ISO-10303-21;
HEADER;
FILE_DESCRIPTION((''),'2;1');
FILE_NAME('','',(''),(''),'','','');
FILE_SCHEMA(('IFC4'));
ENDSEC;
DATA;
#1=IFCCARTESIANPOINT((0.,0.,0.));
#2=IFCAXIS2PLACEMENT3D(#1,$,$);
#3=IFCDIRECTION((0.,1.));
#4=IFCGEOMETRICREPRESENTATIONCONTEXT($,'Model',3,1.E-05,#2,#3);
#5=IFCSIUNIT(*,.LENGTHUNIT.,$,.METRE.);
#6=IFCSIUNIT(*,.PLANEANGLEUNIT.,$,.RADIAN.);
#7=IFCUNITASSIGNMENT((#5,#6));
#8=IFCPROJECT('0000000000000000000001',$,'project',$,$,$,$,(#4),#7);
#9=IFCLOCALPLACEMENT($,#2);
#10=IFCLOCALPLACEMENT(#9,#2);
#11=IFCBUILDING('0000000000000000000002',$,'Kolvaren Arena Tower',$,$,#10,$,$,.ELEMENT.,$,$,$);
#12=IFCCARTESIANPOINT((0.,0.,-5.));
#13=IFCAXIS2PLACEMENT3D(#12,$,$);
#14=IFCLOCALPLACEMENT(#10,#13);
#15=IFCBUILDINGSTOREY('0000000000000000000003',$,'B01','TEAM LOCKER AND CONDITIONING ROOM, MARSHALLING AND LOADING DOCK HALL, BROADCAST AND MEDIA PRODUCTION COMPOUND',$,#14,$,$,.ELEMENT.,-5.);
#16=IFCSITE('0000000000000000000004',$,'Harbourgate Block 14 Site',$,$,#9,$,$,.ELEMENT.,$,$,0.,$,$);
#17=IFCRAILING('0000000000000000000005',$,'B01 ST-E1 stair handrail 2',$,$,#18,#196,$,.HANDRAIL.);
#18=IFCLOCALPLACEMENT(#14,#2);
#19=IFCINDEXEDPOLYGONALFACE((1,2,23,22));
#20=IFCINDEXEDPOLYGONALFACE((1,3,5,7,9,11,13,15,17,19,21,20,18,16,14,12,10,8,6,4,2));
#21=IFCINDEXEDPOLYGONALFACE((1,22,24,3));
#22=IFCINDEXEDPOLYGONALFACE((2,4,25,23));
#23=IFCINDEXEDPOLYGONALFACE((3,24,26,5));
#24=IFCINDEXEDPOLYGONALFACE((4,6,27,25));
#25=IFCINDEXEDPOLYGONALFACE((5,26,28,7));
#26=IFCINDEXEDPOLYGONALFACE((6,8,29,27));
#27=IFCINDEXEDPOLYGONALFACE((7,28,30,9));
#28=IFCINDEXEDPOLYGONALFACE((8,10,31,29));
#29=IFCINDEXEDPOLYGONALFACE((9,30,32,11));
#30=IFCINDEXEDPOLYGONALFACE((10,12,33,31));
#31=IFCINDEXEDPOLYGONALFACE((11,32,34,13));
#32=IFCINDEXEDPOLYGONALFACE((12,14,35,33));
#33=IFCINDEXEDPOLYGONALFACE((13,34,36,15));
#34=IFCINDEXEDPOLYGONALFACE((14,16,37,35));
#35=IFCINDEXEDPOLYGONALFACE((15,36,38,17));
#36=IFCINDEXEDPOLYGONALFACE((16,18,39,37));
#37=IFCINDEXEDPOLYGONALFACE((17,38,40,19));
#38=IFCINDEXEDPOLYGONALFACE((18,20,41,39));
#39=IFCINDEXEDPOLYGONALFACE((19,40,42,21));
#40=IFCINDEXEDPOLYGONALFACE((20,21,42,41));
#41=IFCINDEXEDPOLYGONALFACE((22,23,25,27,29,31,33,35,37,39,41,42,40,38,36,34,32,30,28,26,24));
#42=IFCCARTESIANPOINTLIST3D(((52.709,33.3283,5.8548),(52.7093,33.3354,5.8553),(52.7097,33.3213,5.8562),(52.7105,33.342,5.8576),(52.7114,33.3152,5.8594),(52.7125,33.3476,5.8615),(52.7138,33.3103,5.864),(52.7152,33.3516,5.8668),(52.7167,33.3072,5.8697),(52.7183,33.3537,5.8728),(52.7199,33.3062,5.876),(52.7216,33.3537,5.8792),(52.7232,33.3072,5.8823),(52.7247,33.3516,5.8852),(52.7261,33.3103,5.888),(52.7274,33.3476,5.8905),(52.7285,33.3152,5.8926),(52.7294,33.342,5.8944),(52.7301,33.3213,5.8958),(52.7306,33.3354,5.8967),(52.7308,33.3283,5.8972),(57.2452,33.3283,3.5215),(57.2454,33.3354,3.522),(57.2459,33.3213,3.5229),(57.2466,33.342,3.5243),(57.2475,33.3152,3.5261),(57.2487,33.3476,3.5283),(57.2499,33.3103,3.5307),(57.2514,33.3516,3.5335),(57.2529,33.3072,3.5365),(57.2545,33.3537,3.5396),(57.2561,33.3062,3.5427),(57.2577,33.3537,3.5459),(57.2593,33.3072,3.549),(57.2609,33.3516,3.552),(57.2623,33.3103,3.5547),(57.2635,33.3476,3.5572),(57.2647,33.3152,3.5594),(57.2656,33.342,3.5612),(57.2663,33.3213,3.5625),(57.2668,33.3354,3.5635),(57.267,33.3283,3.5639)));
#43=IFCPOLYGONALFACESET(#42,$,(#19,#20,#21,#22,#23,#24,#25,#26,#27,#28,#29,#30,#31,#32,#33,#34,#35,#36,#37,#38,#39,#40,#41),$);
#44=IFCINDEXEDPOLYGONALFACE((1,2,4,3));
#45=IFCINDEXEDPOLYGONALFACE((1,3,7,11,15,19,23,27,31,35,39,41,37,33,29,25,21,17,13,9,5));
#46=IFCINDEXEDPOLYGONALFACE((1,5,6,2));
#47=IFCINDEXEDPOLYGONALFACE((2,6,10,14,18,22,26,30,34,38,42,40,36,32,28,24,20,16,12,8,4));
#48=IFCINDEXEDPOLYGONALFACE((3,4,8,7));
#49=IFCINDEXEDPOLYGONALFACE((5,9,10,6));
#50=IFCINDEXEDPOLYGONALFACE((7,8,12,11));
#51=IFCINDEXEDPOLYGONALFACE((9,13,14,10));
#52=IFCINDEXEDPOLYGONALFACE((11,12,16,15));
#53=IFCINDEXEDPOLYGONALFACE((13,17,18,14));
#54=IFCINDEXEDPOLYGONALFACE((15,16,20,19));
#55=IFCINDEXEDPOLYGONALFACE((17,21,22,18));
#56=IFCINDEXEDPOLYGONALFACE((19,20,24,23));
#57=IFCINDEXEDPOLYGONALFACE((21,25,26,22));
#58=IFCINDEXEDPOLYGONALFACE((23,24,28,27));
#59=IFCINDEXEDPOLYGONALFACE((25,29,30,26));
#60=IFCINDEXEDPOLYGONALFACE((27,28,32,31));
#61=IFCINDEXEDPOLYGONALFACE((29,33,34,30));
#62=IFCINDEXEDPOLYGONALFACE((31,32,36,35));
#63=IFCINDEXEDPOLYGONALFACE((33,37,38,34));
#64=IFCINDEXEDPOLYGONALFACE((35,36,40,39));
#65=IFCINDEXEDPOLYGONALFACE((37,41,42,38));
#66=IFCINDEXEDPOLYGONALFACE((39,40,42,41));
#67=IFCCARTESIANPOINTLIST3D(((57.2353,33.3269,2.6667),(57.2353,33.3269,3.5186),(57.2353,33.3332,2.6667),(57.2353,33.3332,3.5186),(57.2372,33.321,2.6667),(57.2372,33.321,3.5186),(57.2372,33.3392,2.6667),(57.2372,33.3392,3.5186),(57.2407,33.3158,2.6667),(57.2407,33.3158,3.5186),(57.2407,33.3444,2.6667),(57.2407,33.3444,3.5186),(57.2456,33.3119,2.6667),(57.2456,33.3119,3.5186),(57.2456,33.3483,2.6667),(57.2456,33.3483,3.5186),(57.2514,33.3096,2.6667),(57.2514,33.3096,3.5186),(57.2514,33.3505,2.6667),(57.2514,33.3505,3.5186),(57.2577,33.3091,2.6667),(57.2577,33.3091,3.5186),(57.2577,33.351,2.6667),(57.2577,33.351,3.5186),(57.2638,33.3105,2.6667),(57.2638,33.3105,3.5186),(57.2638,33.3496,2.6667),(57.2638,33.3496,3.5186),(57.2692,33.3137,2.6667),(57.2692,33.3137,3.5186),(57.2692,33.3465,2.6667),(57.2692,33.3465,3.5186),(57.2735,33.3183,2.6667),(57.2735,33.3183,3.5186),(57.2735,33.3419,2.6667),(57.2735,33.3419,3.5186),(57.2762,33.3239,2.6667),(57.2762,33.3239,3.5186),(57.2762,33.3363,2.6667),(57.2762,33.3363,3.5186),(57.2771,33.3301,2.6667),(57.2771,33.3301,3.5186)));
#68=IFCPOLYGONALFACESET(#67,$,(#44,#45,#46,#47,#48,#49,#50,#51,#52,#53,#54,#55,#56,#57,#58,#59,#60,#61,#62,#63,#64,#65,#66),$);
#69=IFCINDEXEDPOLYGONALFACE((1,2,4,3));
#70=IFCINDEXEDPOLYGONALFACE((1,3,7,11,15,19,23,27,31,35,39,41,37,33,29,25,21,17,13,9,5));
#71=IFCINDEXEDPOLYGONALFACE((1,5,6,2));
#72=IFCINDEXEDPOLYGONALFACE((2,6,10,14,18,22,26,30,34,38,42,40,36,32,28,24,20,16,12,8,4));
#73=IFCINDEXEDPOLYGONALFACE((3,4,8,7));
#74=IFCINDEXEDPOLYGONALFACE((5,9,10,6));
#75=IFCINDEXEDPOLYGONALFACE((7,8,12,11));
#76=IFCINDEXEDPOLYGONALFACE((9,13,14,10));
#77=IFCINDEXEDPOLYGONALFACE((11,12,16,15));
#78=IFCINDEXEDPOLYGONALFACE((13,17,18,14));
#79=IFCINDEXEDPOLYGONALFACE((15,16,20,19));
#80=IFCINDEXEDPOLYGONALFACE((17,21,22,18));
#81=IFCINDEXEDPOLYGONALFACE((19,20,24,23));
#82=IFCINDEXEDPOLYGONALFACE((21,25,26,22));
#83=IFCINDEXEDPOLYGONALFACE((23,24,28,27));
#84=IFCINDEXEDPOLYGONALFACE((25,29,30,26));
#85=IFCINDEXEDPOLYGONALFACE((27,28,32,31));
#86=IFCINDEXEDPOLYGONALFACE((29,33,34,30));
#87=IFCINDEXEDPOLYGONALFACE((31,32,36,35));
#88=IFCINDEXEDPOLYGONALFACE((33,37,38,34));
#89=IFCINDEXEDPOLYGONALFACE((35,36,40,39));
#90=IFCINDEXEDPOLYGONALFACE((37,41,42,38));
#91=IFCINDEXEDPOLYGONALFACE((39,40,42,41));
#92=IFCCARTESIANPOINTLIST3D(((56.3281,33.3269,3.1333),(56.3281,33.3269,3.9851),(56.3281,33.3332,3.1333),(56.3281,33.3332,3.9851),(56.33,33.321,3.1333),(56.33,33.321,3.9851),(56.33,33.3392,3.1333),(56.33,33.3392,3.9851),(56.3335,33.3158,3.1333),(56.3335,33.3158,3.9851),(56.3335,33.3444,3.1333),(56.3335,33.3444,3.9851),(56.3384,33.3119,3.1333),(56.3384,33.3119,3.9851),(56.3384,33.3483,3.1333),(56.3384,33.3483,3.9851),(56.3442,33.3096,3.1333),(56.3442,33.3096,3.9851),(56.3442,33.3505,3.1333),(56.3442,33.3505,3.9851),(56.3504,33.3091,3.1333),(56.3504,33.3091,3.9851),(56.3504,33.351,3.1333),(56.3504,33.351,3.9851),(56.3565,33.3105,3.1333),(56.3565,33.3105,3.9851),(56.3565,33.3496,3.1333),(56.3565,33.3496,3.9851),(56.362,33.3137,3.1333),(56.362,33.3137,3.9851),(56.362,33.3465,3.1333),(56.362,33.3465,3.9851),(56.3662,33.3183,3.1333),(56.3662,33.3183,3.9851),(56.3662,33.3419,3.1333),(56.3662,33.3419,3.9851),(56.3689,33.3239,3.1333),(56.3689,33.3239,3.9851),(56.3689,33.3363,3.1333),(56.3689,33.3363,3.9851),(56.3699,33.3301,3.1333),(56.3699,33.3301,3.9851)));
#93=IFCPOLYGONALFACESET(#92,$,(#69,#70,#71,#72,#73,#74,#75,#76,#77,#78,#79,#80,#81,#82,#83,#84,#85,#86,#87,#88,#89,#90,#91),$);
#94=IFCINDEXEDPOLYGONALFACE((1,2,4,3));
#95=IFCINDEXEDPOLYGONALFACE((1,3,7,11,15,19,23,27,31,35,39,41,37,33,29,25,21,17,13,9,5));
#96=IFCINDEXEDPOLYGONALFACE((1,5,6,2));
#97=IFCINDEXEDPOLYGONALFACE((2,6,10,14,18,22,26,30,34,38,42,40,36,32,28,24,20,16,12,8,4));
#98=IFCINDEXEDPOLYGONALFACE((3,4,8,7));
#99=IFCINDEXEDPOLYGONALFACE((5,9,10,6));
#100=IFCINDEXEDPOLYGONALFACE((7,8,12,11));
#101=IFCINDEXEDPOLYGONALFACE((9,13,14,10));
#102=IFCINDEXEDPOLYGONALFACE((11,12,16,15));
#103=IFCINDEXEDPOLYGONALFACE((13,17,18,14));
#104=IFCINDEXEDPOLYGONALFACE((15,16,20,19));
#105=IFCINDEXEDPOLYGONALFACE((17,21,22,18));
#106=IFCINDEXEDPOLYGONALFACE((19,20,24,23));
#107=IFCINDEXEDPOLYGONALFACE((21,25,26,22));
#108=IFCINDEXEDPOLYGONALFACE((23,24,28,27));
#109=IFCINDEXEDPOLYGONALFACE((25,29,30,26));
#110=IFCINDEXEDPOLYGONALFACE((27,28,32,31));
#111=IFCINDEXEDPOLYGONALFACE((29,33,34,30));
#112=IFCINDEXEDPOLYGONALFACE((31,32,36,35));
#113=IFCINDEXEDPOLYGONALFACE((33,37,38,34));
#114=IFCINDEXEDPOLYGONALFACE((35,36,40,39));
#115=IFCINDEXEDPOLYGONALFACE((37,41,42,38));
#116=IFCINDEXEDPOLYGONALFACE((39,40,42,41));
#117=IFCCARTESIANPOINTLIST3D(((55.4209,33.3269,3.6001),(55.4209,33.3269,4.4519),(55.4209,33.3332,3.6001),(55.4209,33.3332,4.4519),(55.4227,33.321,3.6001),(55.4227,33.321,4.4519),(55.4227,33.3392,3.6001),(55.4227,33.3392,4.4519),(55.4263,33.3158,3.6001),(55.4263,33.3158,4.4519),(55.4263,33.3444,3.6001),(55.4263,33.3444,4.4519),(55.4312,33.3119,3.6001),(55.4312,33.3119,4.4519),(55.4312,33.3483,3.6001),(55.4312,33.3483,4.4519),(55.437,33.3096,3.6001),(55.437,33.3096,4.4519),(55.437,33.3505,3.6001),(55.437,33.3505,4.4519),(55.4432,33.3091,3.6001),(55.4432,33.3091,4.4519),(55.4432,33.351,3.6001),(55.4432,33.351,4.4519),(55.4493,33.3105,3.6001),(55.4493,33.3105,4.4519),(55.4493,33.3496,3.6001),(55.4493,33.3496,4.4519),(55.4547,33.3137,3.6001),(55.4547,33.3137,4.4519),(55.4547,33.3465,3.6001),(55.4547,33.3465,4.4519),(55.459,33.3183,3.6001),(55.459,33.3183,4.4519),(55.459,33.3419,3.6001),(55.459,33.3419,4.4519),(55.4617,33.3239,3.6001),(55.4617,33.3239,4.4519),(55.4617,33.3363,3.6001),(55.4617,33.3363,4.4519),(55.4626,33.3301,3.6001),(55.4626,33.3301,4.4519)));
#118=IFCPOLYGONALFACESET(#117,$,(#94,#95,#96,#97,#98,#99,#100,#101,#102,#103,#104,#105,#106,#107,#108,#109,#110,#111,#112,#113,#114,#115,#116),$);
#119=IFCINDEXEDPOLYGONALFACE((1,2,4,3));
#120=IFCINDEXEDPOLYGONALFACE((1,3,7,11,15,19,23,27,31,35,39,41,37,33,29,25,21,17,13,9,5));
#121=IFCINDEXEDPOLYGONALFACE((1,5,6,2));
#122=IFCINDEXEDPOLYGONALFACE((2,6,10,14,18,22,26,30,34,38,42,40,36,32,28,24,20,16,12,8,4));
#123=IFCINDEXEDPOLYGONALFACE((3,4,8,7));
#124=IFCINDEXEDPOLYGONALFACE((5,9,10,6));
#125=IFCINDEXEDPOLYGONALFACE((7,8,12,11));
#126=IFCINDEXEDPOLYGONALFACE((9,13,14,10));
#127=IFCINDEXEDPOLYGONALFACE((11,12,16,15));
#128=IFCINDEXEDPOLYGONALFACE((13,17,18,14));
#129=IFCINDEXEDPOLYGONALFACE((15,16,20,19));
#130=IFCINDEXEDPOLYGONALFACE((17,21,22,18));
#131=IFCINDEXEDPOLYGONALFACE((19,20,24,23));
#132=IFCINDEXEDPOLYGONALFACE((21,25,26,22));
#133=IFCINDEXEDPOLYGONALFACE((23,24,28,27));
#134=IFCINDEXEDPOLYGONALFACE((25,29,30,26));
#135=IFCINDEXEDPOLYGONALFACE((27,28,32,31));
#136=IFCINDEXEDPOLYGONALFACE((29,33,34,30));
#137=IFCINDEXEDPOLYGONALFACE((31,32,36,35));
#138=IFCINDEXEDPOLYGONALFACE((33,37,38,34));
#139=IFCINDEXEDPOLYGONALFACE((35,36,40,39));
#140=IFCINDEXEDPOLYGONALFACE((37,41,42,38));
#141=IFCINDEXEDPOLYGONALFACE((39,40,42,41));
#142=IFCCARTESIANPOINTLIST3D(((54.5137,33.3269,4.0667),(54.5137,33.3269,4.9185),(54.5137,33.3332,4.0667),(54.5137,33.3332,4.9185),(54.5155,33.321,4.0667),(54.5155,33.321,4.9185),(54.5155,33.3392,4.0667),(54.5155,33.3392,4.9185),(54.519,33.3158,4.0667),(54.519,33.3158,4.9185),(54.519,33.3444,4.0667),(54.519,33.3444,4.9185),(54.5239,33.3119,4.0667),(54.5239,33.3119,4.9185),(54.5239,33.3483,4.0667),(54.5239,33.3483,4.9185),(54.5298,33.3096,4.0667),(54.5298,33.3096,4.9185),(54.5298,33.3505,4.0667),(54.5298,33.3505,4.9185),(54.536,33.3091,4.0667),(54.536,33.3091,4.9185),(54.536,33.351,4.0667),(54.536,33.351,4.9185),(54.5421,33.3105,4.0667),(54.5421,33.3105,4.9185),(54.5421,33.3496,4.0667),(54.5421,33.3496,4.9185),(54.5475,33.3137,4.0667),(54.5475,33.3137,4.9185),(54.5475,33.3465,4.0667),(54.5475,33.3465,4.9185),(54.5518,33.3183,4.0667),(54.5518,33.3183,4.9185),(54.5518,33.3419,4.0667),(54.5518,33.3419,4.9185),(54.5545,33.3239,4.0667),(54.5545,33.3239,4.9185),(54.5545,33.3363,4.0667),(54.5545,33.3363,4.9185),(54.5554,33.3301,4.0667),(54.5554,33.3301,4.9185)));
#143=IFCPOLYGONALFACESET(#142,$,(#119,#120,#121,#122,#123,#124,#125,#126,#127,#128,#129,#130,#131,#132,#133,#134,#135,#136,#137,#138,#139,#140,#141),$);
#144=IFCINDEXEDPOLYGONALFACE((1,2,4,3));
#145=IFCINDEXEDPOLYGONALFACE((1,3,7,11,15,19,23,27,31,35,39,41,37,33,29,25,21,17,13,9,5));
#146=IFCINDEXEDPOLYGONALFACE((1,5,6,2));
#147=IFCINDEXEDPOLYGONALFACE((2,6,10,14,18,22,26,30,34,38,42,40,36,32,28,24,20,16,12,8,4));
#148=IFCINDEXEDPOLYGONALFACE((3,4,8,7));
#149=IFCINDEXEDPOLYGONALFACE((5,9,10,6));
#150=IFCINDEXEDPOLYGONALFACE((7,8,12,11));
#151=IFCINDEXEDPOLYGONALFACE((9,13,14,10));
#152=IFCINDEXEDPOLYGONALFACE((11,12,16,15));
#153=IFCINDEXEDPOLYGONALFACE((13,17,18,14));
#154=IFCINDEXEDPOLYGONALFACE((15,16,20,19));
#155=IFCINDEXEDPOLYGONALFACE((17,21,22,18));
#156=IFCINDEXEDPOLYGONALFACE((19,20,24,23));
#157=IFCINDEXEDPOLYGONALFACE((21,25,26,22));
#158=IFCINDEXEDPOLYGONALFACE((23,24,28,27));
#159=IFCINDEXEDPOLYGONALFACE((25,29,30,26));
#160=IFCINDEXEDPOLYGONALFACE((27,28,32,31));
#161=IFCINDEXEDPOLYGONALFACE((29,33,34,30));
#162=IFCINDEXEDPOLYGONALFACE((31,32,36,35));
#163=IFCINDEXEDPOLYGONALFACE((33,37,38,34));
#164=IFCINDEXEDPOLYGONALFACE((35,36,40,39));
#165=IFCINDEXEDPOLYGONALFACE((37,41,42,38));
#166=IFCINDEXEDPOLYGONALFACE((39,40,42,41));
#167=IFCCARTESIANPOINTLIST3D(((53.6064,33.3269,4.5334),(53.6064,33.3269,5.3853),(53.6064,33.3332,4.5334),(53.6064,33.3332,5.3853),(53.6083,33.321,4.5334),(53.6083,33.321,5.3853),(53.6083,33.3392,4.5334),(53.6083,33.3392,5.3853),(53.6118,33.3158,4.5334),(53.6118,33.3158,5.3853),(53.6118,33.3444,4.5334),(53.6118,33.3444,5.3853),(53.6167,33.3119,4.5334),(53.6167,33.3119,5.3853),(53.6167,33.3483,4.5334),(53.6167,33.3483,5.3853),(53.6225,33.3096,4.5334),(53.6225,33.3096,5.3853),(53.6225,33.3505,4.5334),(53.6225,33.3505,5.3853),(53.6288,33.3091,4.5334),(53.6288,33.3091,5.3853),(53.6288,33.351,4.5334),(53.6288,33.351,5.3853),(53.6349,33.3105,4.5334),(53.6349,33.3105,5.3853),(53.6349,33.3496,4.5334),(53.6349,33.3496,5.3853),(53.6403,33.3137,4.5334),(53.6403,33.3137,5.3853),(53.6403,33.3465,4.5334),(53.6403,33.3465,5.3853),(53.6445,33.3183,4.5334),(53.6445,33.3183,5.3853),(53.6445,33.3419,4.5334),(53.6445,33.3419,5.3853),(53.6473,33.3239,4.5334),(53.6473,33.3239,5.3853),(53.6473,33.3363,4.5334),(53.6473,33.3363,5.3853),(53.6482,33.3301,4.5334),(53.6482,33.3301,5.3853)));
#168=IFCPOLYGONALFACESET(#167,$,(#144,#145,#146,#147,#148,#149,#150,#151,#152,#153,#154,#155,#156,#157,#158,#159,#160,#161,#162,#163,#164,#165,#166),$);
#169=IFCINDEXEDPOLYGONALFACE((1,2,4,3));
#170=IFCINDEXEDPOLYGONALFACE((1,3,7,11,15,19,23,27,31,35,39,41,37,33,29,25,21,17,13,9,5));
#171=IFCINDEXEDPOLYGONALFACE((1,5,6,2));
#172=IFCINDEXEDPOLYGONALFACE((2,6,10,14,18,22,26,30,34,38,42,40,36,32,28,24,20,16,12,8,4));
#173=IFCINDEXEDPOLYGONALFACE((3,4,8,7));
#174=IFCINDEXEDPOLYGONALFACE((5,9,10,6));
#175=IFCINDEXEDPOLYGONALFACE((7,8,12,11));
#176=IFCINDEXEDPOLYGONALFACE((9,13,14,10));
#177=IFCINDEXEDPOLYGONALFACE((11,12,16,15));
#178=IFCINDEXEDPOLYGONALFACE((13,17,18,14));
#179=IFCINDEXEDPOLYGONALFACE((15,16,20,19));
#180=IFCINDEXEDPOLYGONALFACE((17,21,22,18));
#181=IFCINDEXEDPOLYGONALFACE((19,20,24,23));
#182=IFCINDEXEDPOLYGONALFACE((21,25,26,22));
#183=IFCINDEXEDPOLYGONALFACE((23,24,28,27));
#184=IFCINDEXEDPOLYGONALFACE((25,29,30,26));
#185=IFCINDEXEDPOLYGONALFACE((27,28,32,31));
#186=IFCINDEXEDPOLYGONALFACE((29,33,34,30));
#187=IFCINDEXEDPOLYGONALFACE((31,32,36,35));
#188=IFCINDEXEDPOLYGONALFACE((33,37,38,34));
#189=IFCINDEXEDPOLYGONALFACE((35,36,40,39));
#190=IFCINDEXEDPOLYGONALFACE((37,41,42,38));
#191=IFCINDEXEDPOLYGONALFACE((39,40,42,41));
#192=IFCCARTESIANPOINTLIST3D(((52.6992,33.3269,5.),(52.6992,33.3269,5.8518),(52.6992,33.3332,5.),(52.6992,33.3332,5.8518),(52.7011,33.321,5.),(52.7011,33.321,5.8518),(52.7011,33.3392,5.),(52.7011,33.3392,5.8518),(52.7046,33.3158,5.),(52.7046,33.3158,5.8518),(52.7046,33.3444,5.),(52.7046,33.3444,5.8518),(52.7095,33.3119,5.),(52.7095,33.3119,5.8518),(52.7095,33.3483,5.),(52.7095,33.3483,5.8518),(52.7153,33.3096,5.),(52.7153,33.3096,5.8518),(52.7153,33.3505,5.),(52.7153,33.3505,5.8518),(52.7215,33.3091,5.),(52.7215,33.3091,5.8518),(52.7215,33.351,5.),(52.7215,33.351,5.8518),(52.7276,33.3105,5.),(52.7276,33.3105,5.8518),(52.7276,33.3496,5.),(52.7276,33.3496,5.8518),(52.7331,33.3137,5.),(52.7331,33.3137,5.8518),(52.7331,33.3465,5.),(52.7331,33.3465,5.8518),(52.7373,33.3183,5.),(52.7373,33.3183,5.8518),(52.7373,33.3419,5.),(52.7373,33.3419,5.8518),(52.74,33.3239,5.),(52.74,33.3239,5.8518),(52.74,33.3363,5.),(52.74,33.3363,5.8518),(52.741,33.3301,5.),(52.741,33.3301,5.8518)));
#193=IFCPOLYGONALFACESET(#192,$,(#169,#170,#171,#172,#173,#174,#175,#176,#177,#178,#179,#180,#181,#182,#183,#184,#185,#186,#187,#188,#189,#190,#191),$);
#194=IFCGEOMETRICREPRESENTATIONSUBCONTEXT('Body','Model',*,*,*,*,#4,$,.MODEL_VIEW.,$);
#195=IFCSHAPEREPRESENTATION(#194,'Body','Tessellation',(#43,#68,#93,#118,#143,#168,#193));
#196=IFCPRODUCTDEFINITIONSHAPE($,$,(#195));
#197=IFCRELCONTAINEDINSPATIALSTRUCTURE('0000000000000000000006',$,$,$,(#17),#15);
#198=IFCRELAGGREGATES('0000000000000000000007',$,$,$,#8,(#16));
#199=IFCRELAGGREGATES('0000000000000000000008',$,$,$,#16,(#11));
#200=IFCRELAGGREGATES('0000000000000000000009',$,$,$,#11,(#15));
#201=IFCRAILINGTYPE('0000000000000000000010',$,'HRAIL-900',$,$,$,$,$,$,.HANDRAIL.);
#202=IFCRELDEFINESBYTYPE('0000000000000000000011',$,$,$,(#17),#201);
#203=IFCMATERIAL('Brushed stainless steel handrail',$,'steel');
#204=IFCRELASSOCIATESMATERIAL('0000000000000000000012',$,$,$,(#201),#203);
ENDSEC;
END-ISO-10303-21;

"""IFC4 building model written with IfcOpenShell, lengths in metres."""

from ifc_helpers import new_model, si_unit, direction, frame, origin, origin_2d, place, context, subcontext, project, spatial, circle, extrude, material, type_object, element, save


model = new_model("IFC4")

# Units and contexts
model_context = context("Model", 3, precision=1e-05, world=origin(), true_north=direction((0.0, 1.0)))
body_context = subcontext(model_context, "Body", "Model", "MODEL_VIEW")
ifc_project = project(units=[si_unit("LENGTHUNIT", "METRE"), si_unit("PLANEANGLEUNIT", "RADIAN")], contexts=[model_context])

# Site, building, storey
site_placement = place(None, origin())
site = spatial("IfcSite", under=ifc_project, at=site_placement, Name="Harbourgate Block 14 Site", CompositionType="ELEMENT", RefElevation=0.0)
building_placement = place(site_placement, origin())
building = spatial("IfcBuilding", under=site, at=building_placement, Name="Kolvaren Arena Tower", CompositionType="ELEMENT")
storey_placement = place(building_placement, frame((0.0, 0.0, -5.0)))
storey = spatial("IfcBuildingStorey", under=building, at=storey_placement, Name="B01", Description="TEAM LOCKER AND CONDITIONING ROOM, MARSHALLING AND LOADING DOCK HALL, BROADCAST AND MEDIA PRODUCTION COMPOUND", CompositionType="ELEMENT", Elevation=-5.0)

# Railing
ifc_material_1 = material(Name="Brushed stainless steel handrail", Category="steel")
railing_type_1 = type_object("IfcRailingType", Name="HRAIL-900", PredefinedType="HANDRAIL", material=ifc_material_1)
railing_1_placement = place(storey_placement, frame((57.2561, 33.3301, 2.6667)))
element("IfcRailing", 1, at=railing_1_placement, inside=storey, type_object=railing_type_1, Name="B01 ST-E1 stair handrail 2", PredefinedType="HANDRAIL", context=body_context, shape_type="SweptSolid", body=[
    extrude(circle(Radius=0.0239, at=origin_2d()), frame((0.0, 0.0, 0.876), z_axis=(-0.889257, 0.0, 0.457407), x_axis=(0.0, -1.0, 0.0)), (0.0, 0.0, 1.0), 5.1011),
    extrude(circle(Radius=0.021, at=origin_2d()), origin(), (0.0, 0.0, 1.0), 0.8518),
    extrude(circle(Radius=0.021, at=origin_2d()), frame((-0.9072, 0.0, 0.4666)), (0.0, 0.0, 1.0), 0.8518),
    extrude(circle(Radius=0.021, at=origin_2d()), frame((-1.8145, 0.0, 0.9333)), (0.0, 0.0, 1.0), 0.8518),
    extrude(circle(Radius=0.021, at=origin_2d()), frame((-2.7217, 0.0, 1.3999)), (0.0, 0.0, 1.0), 0.8518),
    extrude(circle(Radius=0.021, at=origin_2d()), frame((-3.6289, 0.0, 1.8667)), (0.0, 0.0, 1.0), 0.8518),
    extrude(circle(Radius=0.021, at=origin_2d()), frame((-4.5361, 0.0, 2.3333)), (0.0, 0.0, 1.0), 0.8518),
])

save(model, "model.ifc")
